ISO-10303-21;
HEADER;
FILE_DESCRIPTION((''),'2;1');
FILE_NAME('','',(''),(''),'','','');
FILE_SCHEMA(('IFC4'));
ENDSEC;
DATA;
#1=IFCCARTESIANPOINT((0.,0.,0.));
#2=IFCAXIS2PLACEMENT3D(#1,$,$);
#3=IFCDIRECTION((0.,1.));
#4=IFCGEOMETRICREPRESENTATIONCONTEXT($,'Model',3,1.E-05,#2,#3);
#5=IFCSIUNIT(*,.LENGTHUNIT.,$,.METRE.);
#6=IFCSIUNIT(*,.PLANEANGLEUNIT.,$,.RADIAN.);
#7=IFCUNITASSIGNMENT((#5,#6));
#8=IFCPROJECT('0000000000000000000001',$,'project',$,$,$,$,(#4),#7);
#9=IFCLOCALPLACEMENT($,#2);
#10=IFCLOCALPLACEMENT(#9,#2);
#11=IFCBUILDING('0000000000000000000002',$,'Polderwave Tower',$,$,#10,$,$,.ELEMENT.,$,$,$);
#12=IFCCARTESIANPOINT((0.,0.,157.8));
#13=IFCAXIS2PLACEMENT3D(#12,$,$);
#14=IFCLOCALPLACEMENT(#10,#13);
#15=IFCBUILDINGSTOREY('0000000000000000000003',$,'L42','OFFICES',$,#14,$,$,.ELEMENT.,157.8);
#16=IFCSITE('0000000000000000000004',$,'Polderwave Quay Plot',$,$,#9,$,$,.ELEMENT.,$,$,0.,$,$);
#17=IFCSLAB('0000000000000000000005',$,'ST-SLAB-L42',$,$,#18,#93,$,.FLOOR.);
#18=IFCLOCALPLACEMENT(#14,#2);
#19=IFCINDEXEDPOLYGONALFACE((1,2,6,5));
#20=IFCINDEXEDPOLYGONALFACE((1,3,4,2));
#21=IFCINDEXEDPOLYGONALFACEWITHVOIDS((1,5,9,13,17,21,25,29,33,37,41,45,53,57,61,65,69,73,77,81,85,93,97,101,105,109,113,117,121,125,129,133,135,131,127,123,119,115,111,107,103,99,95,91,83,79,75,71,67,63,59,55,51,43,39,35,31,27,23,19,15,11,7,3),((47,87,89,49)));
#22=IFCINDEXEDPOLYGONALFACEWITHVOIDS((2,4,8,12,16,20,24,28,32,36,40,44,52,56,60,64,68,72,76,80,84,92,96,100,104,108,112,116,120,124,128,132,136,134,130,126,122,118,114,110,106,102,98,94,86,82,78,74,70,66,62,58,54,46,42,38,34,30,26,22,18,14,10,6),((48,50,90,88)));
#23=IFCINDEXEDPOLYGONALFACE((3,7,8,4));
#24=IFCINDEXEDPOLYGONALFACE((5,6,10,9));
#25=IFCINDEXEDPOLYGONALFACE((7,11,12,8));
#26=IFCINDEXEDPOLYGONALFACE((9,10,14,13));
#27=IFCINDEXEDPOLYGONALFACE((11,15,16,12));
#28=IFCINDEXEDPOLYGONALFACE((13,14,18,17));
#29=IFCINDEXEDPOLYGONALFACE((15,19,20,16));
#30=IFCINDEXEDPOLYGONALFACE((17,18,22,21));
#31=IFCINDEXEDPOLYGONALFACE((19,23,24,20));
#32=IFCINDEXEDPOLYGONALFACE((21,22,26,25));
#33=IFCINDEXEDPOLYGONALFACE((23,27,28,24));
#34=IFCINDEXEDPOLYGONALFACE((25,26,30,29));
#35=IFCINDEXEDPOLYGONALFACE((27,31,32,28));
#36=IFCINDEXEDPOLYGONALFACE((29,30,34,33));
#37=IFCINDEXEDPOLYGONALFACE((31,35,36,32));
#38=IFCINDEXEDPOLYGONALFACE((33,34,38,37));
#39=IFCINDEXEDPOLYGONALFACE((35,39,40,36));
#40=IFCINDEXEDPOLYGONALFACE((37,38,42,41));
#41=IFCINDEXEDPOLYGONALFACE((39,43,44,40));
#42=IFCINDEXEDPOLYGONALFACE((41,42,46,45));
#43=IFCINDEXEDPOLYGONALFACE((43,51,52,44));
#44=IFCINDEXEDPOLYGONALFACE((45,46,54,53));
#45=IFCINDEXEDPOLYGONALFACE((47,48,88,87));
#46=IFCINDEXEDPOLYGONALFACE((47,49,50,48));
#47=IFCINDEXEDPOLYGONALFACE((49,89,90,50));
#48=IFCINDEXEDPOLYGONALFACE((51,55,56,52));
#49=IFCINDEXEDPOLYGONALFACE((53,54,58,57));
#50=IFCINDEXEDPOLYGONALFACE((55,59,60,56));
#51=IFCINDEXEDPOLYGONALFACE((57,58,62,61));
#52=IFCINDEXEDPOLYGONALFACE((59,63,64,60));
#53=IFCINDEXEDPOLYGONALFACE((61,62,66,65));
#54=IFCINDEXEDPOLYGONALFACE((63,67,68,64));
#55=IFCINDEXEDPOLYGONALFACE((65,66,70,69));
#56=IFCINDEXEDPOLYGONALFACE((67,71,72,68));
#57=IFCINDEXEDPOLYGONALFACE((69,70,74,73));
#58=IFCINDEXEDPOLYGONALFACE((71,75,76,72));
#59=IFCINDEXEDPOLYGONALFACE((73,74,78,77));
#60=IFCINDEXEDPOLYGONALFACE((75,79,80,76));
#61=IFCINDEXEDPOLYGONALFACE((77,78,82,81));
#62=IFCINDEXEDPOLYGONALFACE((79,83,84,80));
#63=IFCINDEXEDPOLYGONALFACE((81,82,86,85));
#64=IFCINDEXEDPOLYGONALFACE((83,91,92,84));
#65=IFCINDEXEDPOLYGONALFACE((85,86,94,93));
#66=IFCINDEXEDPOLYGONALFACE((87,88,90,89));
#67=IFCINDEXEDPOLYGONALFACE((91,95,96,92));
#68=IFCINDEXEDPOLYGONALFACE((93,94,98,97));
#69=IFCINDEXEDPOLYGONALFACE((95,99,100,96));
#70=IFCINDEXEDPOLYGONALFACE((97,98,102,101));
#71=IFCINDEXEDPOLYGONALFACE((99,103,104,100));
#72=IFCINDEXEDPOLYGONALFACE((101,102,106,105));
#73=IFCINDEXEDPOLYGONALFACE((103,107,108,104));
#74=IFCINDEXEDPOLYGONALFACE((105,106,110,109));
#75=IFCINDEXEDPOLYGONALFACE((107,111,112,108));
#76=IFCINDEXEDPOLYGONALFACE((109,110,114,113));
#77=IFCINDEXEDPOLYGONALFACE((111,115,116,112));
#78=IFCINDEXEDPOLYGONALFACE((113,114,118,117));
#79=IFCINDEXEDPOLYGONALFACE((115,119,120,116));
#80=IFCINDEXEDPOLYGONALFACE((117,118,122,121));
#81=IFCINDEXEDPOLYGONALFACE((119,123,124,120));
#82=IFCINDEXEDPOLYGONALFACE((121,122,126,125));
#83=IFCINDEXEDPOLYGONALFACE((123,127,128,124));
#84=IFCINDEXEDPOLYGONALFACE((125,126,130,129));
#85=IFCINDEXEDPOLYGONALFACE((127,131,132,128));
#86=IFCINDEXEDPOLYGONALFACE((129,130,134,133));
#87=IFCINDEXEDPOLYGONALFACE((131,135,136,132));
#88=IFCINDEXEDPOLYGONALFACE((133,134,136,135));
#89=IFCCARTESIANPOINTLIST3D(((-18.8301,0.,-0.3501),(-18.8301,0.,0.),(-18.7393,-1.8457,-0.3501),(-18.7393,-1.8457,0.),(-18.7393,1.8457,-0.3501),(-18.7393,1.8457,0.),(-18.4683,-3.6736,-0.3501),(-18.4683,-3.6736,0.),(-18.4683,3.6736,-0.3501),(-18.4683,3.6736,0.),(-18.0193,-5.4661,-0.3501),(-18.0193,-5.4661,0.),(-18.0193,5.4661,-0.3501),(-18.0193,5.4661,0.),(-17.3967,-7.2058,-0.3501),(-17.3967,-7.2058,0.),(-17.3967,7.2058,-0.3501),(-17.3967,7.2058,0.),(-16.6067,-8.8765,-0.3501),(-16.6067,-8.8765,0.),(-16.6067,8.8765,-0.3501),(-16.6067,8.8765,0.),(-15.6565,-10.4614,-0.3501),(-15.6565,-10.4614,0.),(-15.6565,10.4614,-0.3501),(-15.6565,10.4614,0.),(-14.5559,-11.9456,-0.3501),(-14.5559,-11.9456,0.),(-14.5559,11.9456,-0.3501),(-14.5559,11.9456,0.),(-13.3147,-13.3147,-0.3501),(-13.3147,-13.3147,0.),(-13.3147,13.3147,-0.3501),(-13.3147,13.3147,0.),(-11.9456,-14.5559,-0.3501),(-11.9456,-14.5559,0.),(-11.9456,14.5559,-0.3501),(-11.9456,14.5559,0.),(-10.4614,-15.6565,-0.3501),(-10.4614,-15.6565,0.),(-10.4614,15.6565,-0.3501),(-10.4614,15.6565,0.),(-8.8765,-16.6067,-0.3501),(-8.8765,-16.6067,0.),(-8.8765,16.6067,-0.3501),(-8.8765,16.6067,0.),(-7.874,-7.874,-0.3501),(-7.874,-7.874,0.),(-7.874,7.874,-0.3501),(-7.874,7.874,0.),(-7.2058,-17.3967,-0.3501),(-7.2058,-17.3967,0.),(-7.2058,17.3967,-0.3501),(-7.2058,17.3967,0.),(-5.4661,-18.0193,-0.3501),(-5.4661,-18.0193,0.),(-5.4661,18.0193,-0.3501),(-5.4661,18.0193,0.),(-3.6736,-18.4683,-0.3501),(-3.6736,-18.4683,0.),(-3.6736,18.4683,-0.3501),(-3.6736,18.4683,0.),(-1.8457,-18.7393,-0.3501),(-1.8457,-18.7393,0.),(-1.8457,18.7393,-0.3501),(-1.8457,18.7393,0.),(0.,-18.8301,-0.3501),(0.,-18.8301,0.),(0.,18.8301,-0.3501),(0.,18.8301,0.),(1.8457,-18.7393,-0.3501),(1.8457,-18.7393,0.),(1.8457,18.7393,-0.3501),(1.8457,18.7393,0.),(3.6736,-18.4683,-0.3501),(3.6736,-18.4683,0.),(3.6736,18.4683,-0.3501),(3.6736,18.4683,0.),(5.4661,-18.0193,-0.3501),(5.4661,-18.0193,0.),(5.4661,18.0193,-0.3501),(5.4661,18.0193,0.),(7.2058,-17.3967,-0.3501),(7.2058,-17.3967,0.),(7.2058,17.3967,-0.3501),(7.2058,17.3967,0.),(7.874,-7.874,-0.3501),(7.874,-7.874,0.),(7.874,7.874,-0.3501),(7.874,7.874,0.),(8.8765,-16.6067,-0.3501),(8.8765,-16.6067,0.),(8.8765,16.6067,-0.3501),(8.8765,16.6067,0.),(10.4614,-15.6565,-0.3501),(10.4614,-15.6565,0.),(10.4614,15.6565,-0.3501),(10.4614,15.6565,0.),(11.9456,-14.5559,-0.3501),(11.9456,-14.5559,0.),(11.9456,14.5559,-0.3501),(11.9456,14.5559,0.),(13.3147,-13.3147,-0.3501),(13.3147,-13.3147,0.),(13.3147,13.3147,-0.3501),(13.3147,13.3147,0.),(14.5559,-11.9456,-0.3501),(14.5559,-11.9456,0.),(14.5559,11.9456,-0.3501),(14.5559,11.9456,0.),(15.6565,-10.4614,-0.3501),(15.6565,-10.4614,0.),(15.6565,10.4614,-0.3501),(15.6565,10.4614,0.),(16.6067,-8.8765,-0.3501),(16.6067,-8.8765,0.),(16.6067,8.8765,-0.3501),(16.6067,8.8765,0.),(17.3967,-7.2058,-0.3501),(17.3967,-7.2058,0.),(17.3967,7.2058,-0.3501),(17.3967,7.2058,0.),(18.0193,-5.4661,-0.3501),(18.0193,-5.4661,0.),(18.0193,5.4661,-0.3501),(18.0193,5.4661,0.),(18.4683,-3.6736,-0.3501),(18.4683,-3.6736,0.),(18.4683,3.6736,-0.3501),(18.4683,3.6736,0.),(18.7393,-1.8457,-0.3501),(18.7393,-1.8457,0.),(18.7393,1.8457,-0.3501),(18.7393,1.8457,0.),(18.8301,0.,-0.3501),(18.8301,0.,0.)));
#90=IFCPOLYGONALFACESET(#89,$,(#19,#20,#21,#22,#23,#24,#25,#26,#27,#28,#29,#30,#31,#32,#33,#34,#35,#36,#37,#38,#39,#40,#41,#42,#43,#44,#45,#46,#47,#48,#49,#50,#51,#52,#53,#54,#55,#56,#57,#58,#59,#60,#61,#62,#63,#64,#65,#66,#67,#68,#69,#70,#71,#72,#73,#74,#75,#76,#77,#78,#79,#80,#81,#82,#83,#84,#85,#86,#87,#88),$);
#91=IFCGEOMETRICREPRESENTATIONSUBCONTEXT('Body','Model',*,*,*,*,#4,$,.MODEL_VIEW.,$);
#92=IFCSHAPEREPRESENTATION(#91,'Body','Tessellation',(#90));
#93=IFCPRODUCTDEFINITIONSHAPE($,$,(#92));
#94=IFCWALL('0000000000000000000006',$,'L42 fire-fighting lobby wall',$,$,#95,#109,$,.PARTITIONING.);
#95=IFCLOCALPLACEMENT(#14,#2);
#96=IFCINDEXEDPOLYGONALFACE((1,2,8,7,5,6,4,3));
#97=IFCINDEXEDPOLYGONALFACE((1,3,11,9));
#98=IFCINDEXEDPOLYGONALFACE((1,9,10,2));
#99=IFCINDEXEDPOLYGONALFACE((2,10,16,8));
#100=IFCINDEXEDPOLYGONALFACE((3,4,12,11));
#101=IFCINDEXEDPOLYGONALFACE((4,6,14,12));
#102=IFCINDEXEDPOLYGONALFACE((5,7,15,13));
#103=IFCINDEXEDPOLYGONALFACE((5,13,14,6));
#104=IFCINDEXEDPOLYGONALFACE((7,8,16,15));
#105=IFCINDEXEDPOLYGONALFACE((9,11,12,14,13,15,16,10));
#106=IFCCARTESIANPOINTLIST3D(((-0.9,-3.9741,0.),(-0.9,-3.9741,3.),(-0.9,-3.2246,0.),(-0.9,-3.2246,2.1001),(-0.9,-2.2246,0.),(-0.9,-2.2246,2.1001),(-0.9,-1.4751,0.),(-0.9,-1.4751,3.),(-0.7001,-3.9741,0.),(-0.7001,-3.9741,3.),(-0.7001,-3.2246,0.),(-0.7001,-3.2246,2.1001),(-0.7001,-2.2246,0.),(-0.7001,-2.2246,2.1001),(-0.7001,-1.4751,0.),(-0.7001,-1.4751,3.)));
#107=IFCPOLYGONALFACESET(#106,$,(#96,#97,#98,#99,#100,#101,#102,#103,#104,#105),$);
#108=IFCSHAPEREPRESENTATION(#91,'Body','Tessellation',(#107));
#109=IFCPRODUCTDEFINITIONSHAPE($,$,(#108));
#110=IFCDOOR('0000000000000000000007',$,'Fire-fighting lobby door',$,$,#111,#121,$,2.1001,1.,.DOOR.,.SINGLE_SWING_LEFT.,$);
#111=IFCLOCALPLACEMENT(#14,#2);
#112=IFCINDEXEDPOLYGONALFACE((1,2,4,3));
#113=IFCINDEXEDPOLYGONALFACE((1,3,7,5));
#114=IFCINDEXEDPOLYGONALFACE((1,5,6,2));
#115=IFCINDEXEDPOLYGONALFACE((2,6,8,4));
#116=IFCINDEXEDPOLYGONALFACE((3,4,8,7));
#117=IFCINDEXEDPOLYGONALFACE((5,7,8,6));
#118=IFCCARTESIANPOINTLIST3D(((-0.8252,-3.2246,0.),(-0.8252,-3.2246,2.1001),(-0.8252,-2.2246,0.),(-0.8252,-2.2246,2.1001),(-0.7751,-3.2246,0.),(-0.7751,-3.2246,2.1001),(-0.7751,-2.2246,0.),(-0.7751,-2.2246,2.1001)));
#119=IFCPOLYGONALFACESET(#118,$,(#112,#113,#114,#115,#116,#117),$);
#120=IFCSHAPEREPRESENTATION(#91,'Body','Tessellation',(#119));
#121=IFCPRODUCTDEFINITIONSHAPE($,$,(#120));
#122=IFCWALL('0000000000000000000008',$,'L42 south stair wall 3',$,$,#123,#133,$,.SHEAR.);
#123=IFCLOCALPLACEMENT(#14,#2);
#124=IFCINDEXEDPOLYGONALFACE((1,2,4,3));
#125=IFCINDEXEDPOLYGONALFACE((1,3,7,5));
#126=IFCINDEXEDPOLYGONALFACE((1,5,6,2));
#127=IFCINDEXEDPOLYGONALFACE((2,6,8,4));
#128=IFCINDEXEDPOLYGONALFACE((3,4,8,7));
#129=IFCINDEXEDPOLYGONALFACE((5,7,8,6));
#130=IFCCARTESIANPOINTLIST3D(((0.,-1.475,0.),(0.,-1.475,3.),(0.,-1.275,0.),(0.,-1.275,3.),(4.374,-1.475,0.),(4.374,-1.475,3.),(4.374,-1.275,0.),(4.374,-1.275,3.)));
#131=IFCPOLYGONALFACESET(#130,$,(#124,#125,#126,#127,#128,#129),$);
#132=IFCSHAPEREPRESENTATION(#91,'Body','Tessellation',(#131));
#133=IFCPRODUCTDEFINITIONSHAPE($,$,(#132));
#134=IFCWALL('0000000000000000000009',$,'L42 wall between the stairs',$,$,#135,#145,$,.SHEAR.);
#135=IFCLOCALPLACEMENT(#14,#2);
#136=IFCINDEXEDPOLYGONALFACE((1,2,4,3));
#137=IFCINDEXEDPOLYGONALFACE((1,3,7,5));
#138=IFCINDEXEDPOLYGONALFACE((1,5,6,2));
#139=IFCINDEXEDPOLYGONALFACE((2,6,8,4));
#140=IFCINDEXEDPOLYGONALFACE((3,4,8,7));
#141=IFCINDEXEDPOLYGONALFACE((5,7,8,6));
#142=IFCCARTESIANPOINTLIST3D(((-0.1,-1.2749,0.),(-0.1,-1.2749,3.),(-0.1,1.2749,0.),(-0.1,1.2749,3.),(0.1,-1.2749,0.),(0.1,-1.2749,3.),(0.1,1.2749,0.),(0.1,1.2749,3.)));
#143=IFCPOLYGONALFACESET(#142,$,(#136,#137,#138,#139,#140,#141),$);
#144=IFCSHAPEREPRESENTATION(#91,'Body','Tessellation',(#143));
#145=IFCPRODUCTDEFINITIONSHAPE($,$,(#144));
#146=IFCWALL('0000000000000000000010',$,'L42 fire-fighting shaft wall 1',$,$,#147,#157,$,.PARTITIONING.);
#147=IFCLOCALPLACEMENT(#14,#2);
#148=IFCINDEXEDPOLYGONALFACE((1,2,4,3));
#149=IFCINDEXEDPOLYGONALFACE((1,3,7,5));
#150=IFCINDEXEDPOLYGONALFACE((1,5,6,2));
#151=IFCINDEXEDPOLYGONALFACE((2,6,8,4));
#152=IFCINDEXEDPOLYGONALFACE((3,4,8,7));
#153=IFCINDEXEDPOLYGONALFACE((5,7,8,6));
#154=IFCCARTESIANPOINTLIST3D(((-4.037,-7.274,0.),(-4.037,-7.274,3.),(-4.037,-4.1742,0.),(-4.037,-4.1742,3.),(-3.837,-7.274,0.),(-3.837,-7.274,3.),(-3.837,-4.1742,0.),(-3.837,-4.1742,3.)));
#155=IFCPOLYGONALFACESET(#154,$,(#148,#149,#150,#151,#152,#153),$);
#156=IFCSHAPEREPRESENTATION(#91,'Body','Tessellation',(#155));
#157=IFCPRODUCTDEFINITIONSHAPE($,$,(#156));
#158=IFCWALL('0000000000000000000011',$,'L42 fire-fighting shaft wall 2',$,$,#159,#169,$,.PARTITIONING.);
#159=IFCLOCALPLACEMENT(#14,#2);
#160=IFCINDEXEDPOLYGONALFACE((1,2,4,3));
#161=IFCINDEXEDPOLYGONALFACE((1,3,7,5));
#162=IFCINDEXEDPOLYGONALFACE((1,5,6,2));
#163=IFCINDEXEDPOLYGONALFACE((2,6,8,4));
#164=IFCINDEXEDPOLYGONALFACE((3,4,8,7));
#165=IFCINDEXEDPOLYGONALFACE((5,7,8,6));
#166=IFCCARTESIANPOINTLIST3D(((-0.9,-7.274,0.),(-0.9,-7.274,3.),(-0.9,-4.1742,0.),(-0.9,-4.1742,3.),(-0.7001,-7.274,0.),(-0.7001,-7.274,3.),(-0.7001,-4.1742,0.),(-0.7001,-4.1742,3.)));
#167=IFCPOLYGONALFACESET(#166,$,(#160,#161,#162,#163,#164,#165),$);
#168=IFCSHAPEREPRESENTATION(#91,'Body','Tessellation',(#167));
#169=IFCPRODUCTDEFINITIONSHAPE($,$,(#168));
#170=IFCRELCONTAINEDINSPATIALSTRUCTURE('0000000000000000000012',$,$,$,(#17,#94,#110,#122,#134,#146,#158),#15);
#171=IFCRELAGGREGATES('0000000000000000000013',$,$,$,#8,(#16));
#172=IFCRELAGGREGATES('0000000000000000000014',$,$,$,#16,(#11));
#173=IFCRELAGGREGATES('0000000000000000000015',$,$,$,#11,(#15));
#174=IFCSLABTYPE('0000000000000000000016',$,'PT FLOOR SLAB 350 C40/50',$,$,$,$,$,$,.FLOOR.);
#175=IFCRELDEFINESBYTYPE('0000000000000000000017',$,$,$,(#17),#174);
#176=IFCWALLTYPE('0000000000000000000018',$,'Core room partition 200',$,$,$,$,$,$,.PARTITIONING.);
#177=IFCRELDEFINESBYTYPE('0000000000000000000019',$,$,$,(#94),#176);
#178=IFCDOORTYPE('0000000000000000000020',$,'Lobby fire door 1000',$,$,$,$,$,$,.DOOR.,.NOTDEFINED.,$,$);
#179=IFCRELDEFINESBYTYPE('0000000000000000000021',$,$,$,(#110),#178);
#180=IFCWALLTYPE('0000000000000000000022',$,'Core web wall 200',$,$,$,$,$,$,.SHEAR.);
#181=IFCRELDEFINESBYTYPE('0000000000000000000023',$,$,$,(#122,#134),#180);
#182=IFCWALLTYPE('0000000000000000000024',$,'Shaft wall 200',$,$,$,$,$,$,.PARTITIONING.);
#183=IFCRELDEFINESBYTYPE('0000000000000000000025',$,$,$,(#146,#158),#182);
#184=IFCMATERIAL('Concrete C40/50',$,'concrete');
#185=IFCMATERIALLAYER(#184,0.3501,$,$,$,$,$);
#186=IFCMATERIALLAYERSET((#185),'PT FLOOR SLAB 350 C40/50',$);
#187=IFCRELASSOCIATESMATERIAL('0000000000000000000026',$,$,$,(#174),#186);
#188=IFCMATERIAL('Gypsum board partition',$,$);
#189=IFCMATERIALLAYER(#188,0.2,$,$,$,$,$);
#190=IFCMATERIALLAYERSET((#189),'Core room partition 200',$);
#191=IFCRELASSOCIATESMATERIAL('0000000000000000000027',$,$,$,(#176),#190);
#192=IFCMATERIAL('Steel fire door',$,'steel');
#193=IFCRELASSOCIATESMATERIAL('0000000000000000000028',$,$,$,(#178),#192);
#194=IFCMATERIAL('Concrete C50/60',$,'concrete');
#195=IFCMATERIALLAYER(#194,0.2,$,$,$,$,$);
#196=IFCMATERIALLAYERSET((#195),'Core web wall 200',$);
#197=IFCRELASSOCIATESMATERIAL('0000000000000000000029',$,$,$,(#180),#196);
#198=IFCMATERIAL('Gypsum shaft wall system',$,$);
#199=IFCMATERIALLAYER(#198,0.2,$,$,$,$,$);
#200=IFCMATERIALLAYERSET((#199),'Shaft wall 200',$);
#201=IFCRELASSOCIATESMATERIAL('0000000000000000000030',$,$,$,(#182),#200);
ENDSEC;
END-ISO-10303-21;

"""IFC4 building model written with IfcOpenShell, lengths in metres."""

from ifc_helpers import new_model, si_unit, direction, frame, frame_2d, origin, place, context, subcontext, project, spatial, polyline, rectangle, outline, extrude, material, layer, layer_set, type_object, element, fill, save


model = new_model("IFC4")

# Units and contexts
model_context = context("Model", 3, precision=1e-05, world=origin(), true_north=direction((0.0, 1.0)))
body_context = subcontext(model_context, "Body", "Model", "MODEL_VIEW")
ifc_project = project(units=[si_unit("LENGTHUNIT", "METRE"), si_unit("PLANEANGLEUNIT", "RADIAN")], contexts=[model_context])

# Site, building, storey
site_placement = place(None, origin())
site = spatial("IfcSite", under=ifc_project, at=site_placement, Name="Polderwave Quay Plot", CompositionType="ELEMENT", RefElevation=0.0)
building_placement = place(site_placement, origin())
building = spatial("IfcBuilding", under=site, at=building_placement, Name="Polderwave Tower", CompositionType="ELEMENT")
storey_placement = place(building_placement, frame((0.0, 0.0, 157.8)))
storey = spatial("IfcBuildingStorey", under=building, at=storey_placement, Name="L42", Description="OFFICES", CompositionType="ELEMENT", Elevation=157.8)

# Slab
ifc_material_1 = material(Name="Concrete C40/50", Category="concrete")
ifc_layer_1 = layer(ifc_material_1, 0.3501)
ifc_layer_set_1 = layer_set([ifc_layer_1], Name="PT FLOOR SLAB 350 C40/50")
slab_type = type_object("IfcSlabType", Name="PT FLOOR SLAB 350 C40/50", PredefinedType="FLOOR", material=ifc_layer_set_1)
slab_placement = place(storey_placement, frame((0.0, 0.0, -0.3501)))
element("IfcSlab", 1, at=slab_placement, inside=storey, type_object=slab_type, Name="ST-SLAB-L42", PredefinedType="FLOOR", context=body_context, shape_type="SweptSolid", body=[
    extrude(outline(polyline([(18.8301, 0.0), (18.7393, 1.8457), (18.4683, 3.6736), (18.0193, 5.4661), (17.3967, 7.2058), (16.6067, 8.8765), (15.6565, 10.4614), (14.5559, 11.9456), (13.3147, 13.3147), (11.9456, 14.5559), (10.4614, 15.6565), (8.8765, 16.6067), (7.2058, 17.3967), (5.4661, 18.0193), (3.6736, 18.4683), (1.8457, 18.7393), (0.0, 18.8301), (-1.8457, 18.7393), (-3.6736, 18.4683), (-5.4661, 18.0193), (-7.2058, 17.3967), (-8.8765, 16.6067), (-10.4614, 15.6565), (-11.9456, 14.5559), (-13.3147, 13.3147), (-14.5559, 11.9456), (-15.6565, 10.4614), (-16.6067, 8.8765), (-17.3967, 7.2058), (-18.0193, 5.4661), (-18.4683, 3.6736), (-18.7393, 1.8457), (-18.8301, 0.0), (-18.7393, -1.8457), (-18.4683, -3.6736), (-18.0193, -5.4661), (-17.3967, -7.2058), (-16.6067, -8.8765), (-15.6565, -10.4614), (-14.5559, -11.9456), (-13.3147, -13.3147), (-11.9456, -14.5559), (-10.4614, -15.6565), (-8.8765, -16.6067), (-7.2058, -17.3967), (-5.4661, -18.0193), (-3.6736, -18.4683), (-1.8457, -18.7393), (0.0, -18.8301), (1.8457, -18.7393), (3.6736, -18.4683), (5.4661, -18.0193), (7.2058, -17.3967), (8.8765, -16.6067), (10.4614, -15.6565), (11.9456, -14.5559), (13.3147, -13.3147), (14.5559, -11.9456), (15.6565, -10.4614), (16.6067, -8.8765), (17.3967, -7.2058), (18.0193, -5.4661), (18.4683, -3.6736), (18.7393, -1.8457), (18.8301, 0.0)]), holes=[polyline([(-7.874, -7.874), (7.874, -7.874), (7.874, 7.874), (-7.874, 7.874), (-7.874, -7.874)])]), origin(), (0.0, 0.0, 1.0), 0.3501),
])

# Wall, opening, door
ifc_material_2 = material(Name="Gypsum board partition")
ifc_layer_2 = layer(ifc_material_2, 0.2)
ifc_layer_set_2 = layer_set([ifc_layer_2], Name="Core room partition 200")
wall_type_1 = type_object("IfcWallType", Name="Core room partition 200", PredefinedType="PARTITIONING", material=ifc_layer_set_2)
wall_1_placement = place(storey_placement, frame((-0.8, -3.9741, 0.0), z_axis=(0.0, 0.0, 1.0), x_axis=(0.0, 1.0, 0.0)))
wall_1 = element("IfcWall", 2, at=wall_1_placement, inside=storey, type_object=wall_type_1, Name="L42 fire-fighting lobby wall", PredefinedType="PARTITIONING", context=body_context, shape_type="SweptSolid", body=[
    extrude(rectangle(XDim=2.499, YDim=0.2, at=frame_2d((1.2495, 0.0))), origin(), (0.0, 0.0, 1.0), 3.0),
])
opening_placement = place(wall_1_placement, frame((0.7495, 0.0, 0.0)))
opening = element("IfcOpeningElement", 3, at=opening_placement, cuts=wall_1, PredefinedType="OPENING", context=body_context, shape_type="SweptSolid", body=[
    extrude(rectangle(XDim=1.0, YDim=2.1001, at=frame_2d((0.5, 1.05))), frame((0.0, 0.1099, 0.0), z_axis=(0.0, -1.0, 0.0), x_axis=(1.0, 0.0, 0.0)), (0.0, 0.0, 1.0), 0.22),
])
ifc_material_3 = material(Name="Steel fire door", Category="steel")
door_type = type_object("IfcDoorType", Name="Lobby fire door 1000", OperationType="NOTDEFINED", PredefinedType="DOOR", material=ifc_material_3)
door_placement = place(opening_placement, frame((1.0, 0.0, 0.0), z_axis=(0.0, 0.0, 1.0), x_axis=(-1.0, 0.0, 0.0)))
door = element("IfcDoor", 4, at=door_placement, inside=storey, type_object=door_type, Name="Fire-fighting lobby door", OperationType="SINGLE_SWING_LEFT", OverallHeight=2.1001, OverallWidth=1.0, PredefinedType="DOOR", context=body_context, shape_type="SweptSolid", body=[
    extrude(rectangle(XDim=1.0, YDim=2.1001, at=frame_2d((0.5, 1.05))), frame((0.0, 0.0249, 0.0), z_axis=(0.0, -1.0, 0.0), x_axis=(1.0, 0.0, 0.0)), (0.0, 0.0, 1.0), 0.05),
])
fill(opening, door)

# Walls
ifc_material_4 = material(Name="Concrete C50/60", Category="concrete")
ifc_layer_3 = layer(ifc_material_4, 0.2)
ifc_layer_set_3 = layer_set([ifc_layer_3], Name="Core web wall 200")
wall_type_2 = type_object("IfcWallType", Name="Core web wall 200", PredefinedType="SHEAR", material=ifc_layer_set_3)
wall_2_placement = place(storey_placement, frame((0.0, -1.375, 0.0), z_axis=(0.0, 0.0, 1.0), x_axis=(1.0, 0.0, 0.0)))
element("IfcWall", 5, at=wall_2_placement, inside=storey, type_object=wall_type_2, Name="L42 south stair wall 3", PredefinedType="SHEAR", context=body_context, shape_type="SweptSolid", body=[
    extrude(rectangle(XDim=4.374, YDim=0.2, at=frame_2d((2.187, 0.0))), origin(), (0.0, 0.0, 1.0), 3.0),
])
wall_3_placement = place(storey_placement, frame((0.0, -1.2749, 0.0), z_axis=(0.0, 0.0, 1.0), x_axis=(0.0, 1.0, 0.0)))
element("IfcWall", 6, at=wall_3_placement, inside=storey, type_object=wall_type_2, Name="L42 wall between the stairs", PredefinedType="SHEAR", context=body_context, shape_type="SweptSolid", body=[
    extrude(rectangle(XDim=2.5498, YDim=0.2, at=frame_2d((1.2749, 0.0))), origin(), (0.0, 0.0, 1.0), 3.0),
])
ifc_material_5 = material(Name="Gypsum shaft wall system")
ifc_layer_4 = layer(ifc_material_5, 0.2)
ifc_layer_set_4 = layer_set([ifc_layer_4], Name="Shaft wall 200")
wall_type_3 = type_object("IfcWallType", Name="Shaft wall 200", PredefinedType="PARTITIONING", material=ifc_layer_set_4)
for number, where, z_axis, x_axis, name in (
    (7, (-3.937, -7.2739, 0.0), (0.0, 0.0, 1.0), (0.0, 1.0, 0.0), "L42 fire-fighting shaft wall 1"),
    (8, (-0.8, -7.2739, 0.0), (0.0, 0.0, 1.0), (0.0, 1.0, 0.0), "L42 fire-fighting shaft wall 2"),
):
    element("IfcWall", number, at=place(storey_placement, frame(where, z_axis=z_axis, x_axis=x_axis)), inside=storey, type_object=wall_type_3, Name=name, PredefinedType="PARTITIONING", context=body_context, shape_type="SweptSolid", body=[
        extrude(rectangle(XDim=3.0999, YDim=0.2, at=frame_2d((1.5498, 0.0))), origin(), (0.0, 0.0, 1.0), 3.0),
    ])

save(model, "model.ifc")
